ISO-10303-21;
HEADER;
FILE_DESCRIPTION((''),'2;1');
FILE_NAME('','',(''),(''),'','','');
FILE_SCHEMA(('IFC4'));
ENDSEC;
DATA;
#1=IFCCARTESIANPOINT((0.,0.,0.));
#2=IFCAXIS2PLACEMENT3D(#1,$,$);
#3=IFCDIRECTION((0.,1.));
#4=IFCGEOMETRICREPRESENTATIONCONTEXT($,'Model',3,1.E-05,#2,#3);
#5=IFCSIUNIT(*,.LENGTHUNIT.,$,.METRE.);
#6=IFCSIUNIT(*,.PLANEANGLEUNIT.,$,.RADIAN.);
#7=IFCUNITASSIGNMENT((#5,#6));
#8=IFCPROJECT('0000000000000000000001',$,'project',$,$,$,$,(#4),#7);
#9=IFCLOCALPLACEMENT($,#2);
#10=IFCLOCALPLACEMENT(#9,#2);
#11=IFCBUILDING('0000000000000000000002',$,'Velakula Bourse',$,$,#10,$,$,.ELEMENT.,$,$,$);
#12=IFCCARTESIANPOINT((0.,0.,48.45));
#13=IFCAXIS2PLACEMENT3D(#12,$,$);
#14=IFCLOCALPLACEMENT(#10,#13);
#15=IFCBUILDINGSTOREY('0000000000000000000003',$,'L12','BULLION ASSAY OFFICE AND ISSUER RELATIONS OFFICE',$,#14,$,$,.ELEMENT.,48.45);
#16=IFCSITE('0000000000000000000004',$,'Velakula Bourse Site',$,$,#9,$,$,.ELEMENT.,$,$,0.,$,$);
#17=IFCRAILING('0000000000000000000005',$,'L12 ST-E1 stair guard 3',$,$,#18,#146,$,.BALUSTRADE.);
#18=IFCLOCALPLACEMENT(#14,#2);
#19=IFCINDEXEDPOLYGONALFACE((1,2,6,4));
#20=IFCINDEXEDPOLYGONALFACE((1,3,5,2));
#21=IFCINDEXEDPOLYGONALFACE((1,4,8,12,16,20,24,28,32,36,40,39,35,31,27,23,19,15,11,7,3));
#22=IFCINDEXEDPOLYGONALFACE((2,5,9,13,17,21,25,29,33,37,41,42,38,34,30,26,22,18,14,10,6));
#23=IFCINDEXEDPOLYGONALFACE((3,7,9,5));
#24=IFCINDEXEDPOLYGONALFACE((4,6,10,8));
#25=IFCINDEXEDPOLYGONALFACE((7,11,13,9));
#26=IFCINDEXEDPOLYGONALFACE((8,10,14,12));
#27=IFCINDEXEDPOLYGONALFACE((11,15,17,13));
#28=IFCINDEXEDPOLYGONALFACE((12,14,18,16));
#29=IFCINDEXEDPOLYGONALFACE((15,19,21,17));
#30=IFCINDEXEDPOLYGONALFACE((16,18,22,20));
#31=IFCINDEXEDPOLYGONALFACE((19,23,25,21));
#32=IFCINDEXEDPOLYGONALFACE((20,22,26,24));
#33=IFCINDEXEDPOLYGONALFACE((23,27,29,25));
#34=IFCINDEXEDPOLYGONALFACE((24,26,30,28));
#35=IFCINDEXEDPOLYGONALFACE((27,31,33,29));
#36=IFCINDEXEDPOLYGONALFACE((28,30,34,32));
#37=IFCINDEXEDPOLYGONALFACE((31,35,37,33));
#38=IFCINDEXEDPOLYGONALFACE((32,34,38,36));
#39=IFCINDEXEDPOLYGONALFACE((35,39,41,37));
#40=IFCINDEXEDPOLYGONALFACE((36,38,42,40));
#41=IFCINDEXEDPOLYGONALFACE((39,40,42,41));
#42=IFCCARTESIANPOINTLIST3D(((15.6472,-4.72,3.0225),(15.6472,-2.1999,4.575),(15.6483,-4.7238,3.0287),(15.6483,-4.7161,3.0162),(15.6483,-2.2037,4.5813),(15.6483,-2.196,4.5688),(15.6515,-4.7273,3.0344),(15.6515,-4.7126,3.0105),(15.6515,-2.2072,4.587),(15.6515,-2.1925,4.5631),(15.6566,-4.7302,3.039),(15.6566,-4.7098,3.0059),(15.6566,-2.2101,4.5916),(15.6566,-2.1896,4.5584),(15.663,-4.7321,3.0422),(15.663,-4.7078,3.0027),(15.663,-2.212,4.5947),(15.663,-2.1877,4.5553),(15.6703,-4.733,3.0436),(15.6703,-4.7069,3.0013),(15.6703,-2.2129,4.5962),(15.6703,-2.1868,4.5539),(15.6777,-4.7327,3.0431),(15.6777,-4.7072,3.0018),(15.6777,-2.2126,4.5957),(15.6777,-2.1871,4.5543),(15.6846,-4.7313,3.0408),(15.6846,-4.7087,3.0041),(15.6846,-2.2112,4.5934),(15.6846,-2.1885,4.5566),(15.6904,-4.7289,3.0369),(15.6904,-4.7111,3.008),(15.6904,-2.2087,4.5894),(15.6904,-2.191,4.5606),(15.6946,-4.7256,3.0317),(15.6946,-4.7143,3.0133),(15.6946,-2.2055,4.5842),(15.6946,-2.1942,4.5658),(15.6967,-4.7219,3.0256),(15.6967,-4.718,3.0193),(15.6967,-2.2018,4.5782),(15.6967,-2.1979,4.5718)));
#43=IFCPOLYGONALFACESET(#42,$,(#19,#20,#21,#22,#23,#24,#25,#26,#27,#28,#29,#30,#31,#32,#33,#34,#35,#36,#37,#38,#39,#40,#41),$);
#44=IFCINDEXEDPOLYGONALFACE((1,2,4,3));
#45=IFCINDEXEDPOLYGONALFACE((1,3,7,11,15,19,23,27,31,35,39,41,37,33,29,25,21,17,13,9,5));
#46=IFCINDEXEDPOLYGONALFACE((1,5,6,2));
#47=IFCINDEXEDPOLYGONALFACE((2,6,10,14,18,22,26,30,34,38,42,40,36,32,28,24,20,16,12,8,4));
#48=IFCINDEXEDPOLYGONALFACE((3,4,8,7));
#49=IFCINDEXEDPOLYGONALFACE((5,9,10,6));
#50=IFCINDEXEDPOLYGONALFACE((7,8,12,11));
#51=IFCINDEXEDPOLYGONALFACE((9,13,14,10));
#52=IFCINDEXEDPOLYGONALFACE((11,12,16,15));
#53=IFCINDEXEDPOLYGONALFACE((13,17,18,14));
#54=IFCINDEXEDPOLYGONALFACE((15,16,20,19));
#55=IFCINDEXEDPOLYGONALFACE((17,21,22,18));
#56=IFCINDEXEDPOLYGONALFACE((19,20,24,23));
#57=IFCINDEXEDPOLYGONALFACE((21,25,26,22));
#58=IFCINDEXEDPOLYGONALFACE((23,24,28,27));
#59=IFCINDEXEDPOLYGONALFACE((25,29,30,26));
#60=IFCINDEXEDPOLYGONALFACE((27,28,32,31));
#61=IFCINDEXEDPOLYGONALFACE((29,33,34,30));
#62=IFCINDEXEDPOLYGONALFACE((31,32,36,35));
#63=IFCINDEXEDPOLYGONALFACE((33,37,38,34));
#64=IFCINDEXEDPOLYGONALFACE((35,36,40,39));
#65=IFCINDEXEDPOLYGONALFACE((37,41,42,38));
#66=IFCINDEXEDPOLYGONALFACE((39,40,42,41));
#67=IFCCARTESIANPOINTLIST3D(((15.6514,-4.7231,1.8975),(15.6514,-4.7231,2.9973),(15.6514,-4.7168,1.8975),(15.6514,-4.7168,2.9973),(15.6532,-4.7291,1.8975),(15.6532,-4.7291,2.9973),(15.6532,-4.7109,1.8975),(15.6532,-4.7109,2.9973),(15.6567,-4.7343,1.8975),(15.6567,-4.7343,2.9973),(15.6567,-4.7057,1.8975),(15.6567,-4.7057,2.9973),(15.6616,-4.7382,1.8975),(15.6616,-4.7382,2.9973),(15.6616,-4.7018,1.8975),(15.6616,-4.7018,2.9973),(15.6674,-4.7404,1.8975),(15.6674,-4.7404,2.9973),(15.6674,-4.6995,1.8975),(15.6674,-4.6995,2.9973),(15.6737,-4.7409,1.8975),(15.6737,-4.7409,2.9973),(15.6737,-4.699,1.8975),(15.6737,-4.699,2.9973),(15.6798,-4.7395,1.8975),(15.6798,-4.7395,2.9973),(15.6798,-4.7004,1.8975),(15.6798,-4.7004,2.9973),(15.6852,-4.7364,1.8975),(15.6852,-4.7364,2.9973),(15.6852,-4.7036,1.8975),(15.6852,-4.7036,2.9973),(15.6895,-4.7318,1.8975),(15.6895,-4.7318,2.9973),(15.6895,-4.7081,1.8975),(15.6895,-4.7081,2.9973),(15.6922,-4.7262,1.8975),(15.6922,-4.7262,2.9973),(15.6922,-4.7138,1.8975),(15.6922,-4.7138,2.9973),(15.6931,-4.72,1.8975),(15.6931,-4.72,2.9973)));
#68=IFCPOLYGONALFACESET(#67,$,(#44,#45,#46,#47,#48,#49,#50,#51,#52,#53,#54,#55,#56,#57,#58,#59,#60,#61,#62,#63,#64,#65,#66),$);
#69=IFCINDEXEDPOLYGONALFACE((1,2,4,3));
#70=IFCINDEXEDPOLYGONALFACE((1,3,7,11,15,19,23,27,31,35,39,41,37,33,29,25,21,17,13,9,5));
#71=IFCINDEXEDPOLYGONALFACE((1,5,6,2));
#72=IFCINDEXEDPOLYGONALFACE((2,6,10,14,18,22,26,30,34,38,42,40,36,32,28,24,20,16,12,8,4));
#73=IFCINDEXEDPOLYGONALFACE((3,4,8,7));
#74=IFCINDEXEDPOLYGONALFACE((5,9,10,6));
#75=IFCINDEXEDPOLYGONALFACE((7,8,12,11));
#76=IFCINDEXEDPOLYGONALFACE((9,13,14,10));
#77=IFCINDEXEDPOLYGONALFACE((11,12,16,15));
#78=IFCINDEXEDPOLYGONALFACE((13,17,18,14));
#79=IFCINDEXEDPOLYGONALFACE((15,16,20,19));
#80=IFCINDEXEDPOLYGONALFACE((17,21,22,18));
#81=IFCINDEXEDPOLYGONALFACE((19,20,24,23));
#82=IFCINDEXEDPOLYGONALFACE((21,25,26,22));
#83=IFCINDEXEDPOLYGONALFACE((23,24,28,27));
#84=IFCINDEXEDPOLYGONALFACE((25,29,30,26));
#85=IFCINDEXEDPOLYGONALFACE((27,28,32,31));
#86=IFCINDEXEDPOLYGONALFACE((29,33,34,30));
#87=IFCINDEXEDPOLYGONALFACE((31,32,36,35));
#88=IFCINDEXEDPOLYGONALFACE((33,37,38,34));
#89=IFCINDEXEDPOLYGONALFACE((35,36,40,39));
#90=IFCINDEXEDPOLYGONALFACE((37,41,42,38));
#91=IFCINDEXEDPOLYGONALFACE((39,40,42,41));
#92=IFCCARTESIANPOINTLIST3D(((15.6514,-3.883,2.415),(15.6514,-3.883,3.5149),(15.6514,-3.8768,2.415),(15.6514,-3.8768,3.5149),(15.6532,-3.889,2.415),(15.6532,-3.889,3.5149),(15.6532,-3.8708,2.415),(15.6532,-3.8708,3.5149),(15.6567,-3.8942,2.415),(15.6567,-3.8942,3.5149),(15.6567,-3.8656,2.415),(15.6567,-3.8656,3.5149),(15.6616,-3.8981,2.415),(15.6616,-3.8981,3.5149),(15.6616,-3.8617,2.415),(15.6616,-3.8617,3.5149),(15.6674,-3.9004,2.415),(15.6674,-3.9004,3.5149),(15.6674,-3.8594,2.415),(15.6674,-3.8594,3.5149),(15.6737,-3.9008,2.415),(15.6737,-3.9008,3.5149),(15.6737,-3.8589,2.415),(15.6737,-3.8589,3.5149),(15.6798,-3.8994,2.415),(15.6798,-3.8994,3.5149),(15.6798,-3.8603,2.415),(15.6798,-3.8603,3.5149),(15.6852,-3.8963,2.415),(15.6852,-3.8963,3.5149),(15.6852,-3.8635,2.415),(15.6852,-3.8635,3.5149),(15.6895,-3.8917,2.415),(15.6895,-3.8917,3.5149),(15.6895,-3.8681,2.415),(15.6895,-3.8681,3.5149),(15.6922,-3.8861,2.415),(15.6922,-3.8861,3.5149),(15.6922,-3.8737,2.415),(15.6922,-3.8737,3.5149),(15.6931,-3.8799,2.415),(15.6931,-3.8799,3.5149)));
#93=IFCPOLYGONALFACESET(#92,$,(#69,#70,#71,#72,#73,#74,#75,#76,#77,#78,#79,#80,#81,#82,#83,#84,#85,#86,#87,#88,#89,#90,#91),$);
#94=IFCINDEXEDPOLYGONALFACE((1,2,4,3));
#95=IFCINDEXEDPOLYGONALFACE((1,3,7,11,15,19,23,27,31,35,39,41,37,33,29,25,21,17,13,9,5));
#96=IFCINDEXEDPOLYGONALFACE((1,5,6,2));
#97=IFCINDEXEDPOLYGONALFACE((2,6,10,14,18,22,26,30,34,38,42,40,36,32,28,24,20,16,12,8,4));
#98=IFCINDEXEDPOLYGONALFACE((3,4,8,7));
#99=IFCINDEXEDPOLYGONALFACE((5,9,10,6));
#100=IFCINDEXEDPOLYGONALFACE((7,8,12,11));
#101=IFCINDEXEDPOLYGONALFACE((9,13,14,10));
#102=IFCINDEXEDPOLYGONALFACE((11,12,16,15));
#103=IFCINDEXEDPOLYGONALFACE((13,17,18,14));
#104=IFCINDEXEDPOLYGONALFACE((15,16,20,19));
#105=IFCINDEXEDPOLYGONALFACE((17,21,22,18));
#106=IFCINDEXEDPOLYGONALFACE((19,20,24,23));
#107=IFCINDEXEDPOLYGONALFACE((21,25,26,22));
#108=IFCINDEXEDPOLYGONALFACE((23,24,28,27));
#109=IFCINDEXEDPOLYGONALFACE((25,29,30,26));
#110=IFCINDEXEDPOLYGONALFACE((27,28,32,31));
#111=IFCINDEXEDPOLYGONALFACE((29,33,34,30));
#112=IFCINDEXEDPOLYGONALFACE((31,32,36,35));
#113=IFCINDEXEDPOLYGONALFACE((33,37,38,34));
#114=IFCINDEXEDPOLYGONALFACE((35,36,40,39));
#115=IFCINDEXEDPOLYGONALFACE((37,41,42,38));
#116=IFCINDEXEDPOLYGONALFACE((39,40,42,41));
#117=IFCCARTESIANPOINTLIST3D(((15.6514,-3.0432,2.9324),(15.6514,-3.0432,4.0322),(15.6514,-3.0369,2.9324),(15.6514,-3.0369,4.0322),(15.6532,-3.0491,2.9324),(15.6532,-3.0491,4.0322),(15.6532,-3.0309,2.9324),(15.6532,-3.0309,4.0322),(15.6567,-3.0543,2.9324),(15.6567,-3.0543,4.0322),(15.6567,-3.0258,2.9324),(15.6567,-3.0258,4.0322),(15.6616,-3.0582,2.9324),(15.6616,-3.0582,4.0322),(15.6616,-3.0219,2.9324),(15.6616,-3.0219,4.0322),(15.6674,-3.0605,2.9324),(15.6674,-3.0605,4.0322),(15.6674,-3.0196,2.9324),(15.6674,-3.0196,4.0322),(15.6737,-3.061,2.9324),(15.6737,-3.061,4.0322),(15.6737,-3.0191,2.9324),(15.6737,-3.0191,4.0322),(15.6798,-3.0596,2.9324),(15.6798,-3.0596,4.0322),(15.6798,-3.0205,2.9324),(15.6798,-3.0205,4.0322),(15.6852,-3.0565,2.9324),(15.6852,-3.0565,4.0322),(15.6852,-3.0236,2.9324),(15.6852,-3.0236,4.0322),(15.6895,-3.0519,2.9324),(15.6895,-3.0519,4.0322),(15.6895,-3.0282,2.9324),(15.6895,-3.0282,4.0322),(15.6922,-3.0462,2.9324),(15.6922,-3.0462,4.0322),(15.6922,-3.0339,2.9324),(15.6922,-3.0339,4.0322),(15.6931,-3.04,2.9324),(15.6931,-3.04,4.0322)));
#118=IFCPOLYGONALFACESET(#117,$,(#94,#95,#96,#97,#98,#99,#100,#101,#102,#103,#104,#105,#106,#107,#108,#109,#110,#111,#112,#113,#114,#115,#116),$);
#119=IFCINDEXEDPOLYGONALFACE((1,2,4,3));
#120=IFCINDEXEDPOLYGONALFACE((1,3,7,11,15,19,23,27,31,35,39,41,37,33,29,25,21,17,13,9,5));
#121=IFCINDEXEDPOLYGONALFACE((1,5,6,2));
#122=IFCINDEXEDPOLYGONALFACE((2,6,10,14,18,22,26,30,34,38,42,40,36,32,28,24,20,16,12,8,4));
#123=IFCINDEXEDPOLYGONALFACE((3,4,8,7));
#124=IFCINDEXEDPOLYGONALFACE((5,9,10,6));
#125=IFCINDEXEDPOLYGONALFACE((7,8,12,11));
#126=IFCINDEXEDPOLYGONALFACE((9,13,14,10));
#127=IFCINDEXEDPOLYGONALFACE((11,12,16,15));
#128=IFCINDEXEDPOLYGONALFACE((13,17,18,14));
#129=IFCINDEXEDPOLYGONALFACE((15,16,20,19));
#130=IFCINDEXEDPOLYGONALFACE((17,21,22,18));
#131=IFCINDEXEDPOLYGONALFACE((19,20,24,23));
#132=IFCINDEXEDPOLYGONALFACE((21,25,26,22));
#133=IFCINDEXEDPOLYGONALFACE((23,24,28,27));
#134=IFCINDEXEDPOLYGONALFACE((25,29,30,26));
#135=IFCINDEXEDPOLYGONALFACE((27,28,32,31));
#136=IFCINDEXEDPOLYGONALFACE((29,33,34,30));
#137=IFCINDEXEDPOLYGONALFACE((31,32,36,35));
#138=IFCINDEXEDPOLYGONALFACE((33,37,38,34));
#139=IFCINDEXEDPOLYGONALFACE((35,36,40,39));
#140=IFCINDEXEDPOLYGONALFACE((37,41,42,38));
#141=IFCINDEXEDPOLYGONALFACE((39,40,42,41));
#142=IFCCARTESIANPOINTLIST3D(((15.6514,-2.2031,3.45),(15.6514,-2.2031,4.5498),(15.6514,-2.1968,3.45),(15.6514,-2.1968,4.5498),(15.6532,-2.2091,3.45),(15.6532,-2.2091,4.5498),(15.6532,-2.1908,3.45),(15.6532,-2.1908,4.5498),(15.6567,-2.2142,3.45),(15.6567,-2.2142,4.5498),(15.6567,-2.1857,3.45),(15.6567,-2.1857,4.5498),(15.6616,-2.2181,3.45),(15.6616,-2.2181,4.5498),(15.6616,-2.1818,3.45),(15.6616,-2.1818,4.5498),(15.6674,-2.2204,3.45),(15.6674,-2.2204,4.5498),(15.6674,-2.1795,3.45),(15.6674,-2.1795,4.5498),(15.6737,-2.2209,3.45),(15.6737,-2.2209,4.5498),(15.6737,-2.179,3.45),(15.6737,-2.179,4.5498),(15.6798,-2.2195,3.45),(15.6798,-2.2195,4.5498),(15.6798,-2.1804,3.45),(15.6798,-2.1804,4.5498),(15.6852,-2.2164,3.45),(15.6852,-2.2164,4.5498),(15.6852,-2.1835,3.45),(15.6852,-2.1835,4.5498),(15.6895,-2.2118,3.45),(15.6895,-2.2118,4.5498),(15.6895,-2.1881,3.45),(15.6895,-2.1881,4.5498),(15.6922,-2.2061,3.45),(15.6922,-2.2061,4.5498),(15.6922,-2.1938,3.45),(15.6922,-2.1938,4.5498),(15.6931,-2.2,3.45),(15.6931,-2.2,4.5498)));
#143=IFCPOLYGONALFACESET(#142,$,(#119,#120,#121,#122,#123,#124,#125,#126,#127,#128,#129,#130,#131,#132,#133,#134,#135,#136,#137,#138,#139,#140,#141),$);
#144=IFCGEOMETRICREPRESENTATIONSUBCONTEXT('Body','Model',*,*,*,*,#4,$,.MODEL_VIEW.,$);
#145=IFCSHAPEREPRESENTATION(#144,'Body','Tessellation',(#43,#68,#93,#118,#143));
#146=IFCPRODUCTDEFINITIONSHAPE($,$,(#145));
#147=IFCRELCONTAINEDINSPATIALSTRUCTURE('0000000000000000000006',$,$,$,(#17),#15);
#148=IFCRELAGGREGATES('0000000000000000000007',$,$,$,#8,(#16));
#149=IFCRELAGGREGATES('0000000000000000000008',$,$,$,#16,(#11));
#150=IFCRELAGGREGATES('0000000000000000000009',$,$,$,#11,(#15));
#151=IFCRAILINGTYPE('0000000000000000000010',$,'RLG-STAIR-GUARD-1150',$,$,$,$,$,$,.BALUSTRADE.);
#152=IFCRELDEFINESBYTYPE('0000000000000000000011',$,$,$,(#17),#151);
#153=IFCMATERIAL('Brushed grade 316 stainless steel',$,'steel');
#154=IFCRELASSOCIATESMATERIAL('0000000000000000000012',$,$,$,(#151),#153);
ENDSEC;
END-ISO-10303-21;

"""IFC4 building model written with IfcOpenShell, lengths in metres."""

from ifc_helpers import new_model, si_unit, direction, frame, origin, origin_2d, place, context, subcontext, project, spatial, circle, extrude, material, type_object, element, save


model = new_model("IFC4")

# Units and contexts
model_context = context("Model", 3, precision=1e-05, world=origin(), true_north=direction((0.0, 1.0)))
body_context = subcontext(model_context, "Body", "Model", "MODEL_VIEW")
ifc_project = project(units=[si_unit("LENGTHUNIT", "METRE"), si_unit("PLANEANGLEUNIT", "RADIAN")], contexts=[model_context])

# Site, building, storey
site_placement = place(None, origin())
site = spatial("IfcSite", under=ifc_project, at=site_placement, Name="Velakula Bourse Site", CompositionType="ELEMENT", RefElevation=0.0)
building_placement = place(site_placement, origin())
building = spatial("IfcBuilding", under=site, at=building_placement, Name="Velakula Bourse", CompositionType="ELEMENT")
storey_placement = place(building_placement, frame((0.0, 0.0, 48.45)))
storey = spatial("IfcBuildingStorey", under=building, at=storey_placement, Name="L12", Description="BULLION ASSAY OFFICE AND ISSUER RELATIONS OFFICE", CompositionType="ELEMENT", Elevation=48.45)

# Shared definitions
ifc_material_1 = material(Name="Brushed grade 316 stainless steel", Category="steel")

# Railing
railing_type_1 = type_object("IfcRailingType", Name="RLG-STAIR-GUARD-1150", PredefinedType="BALUSTRADE", material=ifc_material_1)
railing_1_placement = place(storey_placement, frame((15.6721, -4.72, 1.8975)))
element("IfcRailing", 1, at=railing_1_placement, inside=storey, type_object=railing_type_1, Name="L12 ST-E1 stair guard 3", PredefinedType="BALUSTRADE", context=body_context, shape_type="SweptSolid", body=[
    extrude(circle(Radius=0.0249, at=origin_2d()), frame((0.0, 0.0, 1.125), z_axis=(0.0, 0.8514, 0.524516), x_axis=(-1.0, 0.0, 0.0)), (0.0, 0.0, 1.0), 2.96),
    extrude(circle(Radius=0.021, at=origin_2d()), origin(), (0.0, 0.0, 1.0), 1.0999),
    extrude(circle(Radius=0.021, at=origin_2d()), frame((0.0, 0.8401, 0.5176)), (0.0, 0.0, 1.0), 1.0999),
    extrude(circle(Radius=0.021, at=origin_2d()), frame((0.0, 1.6799, 1.0349)), (0.0, 0.0, 1.0), 1.0999),
    extrude(circle(Radius=0.021, at=origin_2d()), frame((0.0, 2.52, 1.5525)), (0.0, 0.0, 1.0), 1.0999),
])

save(model, "model.ifc")
